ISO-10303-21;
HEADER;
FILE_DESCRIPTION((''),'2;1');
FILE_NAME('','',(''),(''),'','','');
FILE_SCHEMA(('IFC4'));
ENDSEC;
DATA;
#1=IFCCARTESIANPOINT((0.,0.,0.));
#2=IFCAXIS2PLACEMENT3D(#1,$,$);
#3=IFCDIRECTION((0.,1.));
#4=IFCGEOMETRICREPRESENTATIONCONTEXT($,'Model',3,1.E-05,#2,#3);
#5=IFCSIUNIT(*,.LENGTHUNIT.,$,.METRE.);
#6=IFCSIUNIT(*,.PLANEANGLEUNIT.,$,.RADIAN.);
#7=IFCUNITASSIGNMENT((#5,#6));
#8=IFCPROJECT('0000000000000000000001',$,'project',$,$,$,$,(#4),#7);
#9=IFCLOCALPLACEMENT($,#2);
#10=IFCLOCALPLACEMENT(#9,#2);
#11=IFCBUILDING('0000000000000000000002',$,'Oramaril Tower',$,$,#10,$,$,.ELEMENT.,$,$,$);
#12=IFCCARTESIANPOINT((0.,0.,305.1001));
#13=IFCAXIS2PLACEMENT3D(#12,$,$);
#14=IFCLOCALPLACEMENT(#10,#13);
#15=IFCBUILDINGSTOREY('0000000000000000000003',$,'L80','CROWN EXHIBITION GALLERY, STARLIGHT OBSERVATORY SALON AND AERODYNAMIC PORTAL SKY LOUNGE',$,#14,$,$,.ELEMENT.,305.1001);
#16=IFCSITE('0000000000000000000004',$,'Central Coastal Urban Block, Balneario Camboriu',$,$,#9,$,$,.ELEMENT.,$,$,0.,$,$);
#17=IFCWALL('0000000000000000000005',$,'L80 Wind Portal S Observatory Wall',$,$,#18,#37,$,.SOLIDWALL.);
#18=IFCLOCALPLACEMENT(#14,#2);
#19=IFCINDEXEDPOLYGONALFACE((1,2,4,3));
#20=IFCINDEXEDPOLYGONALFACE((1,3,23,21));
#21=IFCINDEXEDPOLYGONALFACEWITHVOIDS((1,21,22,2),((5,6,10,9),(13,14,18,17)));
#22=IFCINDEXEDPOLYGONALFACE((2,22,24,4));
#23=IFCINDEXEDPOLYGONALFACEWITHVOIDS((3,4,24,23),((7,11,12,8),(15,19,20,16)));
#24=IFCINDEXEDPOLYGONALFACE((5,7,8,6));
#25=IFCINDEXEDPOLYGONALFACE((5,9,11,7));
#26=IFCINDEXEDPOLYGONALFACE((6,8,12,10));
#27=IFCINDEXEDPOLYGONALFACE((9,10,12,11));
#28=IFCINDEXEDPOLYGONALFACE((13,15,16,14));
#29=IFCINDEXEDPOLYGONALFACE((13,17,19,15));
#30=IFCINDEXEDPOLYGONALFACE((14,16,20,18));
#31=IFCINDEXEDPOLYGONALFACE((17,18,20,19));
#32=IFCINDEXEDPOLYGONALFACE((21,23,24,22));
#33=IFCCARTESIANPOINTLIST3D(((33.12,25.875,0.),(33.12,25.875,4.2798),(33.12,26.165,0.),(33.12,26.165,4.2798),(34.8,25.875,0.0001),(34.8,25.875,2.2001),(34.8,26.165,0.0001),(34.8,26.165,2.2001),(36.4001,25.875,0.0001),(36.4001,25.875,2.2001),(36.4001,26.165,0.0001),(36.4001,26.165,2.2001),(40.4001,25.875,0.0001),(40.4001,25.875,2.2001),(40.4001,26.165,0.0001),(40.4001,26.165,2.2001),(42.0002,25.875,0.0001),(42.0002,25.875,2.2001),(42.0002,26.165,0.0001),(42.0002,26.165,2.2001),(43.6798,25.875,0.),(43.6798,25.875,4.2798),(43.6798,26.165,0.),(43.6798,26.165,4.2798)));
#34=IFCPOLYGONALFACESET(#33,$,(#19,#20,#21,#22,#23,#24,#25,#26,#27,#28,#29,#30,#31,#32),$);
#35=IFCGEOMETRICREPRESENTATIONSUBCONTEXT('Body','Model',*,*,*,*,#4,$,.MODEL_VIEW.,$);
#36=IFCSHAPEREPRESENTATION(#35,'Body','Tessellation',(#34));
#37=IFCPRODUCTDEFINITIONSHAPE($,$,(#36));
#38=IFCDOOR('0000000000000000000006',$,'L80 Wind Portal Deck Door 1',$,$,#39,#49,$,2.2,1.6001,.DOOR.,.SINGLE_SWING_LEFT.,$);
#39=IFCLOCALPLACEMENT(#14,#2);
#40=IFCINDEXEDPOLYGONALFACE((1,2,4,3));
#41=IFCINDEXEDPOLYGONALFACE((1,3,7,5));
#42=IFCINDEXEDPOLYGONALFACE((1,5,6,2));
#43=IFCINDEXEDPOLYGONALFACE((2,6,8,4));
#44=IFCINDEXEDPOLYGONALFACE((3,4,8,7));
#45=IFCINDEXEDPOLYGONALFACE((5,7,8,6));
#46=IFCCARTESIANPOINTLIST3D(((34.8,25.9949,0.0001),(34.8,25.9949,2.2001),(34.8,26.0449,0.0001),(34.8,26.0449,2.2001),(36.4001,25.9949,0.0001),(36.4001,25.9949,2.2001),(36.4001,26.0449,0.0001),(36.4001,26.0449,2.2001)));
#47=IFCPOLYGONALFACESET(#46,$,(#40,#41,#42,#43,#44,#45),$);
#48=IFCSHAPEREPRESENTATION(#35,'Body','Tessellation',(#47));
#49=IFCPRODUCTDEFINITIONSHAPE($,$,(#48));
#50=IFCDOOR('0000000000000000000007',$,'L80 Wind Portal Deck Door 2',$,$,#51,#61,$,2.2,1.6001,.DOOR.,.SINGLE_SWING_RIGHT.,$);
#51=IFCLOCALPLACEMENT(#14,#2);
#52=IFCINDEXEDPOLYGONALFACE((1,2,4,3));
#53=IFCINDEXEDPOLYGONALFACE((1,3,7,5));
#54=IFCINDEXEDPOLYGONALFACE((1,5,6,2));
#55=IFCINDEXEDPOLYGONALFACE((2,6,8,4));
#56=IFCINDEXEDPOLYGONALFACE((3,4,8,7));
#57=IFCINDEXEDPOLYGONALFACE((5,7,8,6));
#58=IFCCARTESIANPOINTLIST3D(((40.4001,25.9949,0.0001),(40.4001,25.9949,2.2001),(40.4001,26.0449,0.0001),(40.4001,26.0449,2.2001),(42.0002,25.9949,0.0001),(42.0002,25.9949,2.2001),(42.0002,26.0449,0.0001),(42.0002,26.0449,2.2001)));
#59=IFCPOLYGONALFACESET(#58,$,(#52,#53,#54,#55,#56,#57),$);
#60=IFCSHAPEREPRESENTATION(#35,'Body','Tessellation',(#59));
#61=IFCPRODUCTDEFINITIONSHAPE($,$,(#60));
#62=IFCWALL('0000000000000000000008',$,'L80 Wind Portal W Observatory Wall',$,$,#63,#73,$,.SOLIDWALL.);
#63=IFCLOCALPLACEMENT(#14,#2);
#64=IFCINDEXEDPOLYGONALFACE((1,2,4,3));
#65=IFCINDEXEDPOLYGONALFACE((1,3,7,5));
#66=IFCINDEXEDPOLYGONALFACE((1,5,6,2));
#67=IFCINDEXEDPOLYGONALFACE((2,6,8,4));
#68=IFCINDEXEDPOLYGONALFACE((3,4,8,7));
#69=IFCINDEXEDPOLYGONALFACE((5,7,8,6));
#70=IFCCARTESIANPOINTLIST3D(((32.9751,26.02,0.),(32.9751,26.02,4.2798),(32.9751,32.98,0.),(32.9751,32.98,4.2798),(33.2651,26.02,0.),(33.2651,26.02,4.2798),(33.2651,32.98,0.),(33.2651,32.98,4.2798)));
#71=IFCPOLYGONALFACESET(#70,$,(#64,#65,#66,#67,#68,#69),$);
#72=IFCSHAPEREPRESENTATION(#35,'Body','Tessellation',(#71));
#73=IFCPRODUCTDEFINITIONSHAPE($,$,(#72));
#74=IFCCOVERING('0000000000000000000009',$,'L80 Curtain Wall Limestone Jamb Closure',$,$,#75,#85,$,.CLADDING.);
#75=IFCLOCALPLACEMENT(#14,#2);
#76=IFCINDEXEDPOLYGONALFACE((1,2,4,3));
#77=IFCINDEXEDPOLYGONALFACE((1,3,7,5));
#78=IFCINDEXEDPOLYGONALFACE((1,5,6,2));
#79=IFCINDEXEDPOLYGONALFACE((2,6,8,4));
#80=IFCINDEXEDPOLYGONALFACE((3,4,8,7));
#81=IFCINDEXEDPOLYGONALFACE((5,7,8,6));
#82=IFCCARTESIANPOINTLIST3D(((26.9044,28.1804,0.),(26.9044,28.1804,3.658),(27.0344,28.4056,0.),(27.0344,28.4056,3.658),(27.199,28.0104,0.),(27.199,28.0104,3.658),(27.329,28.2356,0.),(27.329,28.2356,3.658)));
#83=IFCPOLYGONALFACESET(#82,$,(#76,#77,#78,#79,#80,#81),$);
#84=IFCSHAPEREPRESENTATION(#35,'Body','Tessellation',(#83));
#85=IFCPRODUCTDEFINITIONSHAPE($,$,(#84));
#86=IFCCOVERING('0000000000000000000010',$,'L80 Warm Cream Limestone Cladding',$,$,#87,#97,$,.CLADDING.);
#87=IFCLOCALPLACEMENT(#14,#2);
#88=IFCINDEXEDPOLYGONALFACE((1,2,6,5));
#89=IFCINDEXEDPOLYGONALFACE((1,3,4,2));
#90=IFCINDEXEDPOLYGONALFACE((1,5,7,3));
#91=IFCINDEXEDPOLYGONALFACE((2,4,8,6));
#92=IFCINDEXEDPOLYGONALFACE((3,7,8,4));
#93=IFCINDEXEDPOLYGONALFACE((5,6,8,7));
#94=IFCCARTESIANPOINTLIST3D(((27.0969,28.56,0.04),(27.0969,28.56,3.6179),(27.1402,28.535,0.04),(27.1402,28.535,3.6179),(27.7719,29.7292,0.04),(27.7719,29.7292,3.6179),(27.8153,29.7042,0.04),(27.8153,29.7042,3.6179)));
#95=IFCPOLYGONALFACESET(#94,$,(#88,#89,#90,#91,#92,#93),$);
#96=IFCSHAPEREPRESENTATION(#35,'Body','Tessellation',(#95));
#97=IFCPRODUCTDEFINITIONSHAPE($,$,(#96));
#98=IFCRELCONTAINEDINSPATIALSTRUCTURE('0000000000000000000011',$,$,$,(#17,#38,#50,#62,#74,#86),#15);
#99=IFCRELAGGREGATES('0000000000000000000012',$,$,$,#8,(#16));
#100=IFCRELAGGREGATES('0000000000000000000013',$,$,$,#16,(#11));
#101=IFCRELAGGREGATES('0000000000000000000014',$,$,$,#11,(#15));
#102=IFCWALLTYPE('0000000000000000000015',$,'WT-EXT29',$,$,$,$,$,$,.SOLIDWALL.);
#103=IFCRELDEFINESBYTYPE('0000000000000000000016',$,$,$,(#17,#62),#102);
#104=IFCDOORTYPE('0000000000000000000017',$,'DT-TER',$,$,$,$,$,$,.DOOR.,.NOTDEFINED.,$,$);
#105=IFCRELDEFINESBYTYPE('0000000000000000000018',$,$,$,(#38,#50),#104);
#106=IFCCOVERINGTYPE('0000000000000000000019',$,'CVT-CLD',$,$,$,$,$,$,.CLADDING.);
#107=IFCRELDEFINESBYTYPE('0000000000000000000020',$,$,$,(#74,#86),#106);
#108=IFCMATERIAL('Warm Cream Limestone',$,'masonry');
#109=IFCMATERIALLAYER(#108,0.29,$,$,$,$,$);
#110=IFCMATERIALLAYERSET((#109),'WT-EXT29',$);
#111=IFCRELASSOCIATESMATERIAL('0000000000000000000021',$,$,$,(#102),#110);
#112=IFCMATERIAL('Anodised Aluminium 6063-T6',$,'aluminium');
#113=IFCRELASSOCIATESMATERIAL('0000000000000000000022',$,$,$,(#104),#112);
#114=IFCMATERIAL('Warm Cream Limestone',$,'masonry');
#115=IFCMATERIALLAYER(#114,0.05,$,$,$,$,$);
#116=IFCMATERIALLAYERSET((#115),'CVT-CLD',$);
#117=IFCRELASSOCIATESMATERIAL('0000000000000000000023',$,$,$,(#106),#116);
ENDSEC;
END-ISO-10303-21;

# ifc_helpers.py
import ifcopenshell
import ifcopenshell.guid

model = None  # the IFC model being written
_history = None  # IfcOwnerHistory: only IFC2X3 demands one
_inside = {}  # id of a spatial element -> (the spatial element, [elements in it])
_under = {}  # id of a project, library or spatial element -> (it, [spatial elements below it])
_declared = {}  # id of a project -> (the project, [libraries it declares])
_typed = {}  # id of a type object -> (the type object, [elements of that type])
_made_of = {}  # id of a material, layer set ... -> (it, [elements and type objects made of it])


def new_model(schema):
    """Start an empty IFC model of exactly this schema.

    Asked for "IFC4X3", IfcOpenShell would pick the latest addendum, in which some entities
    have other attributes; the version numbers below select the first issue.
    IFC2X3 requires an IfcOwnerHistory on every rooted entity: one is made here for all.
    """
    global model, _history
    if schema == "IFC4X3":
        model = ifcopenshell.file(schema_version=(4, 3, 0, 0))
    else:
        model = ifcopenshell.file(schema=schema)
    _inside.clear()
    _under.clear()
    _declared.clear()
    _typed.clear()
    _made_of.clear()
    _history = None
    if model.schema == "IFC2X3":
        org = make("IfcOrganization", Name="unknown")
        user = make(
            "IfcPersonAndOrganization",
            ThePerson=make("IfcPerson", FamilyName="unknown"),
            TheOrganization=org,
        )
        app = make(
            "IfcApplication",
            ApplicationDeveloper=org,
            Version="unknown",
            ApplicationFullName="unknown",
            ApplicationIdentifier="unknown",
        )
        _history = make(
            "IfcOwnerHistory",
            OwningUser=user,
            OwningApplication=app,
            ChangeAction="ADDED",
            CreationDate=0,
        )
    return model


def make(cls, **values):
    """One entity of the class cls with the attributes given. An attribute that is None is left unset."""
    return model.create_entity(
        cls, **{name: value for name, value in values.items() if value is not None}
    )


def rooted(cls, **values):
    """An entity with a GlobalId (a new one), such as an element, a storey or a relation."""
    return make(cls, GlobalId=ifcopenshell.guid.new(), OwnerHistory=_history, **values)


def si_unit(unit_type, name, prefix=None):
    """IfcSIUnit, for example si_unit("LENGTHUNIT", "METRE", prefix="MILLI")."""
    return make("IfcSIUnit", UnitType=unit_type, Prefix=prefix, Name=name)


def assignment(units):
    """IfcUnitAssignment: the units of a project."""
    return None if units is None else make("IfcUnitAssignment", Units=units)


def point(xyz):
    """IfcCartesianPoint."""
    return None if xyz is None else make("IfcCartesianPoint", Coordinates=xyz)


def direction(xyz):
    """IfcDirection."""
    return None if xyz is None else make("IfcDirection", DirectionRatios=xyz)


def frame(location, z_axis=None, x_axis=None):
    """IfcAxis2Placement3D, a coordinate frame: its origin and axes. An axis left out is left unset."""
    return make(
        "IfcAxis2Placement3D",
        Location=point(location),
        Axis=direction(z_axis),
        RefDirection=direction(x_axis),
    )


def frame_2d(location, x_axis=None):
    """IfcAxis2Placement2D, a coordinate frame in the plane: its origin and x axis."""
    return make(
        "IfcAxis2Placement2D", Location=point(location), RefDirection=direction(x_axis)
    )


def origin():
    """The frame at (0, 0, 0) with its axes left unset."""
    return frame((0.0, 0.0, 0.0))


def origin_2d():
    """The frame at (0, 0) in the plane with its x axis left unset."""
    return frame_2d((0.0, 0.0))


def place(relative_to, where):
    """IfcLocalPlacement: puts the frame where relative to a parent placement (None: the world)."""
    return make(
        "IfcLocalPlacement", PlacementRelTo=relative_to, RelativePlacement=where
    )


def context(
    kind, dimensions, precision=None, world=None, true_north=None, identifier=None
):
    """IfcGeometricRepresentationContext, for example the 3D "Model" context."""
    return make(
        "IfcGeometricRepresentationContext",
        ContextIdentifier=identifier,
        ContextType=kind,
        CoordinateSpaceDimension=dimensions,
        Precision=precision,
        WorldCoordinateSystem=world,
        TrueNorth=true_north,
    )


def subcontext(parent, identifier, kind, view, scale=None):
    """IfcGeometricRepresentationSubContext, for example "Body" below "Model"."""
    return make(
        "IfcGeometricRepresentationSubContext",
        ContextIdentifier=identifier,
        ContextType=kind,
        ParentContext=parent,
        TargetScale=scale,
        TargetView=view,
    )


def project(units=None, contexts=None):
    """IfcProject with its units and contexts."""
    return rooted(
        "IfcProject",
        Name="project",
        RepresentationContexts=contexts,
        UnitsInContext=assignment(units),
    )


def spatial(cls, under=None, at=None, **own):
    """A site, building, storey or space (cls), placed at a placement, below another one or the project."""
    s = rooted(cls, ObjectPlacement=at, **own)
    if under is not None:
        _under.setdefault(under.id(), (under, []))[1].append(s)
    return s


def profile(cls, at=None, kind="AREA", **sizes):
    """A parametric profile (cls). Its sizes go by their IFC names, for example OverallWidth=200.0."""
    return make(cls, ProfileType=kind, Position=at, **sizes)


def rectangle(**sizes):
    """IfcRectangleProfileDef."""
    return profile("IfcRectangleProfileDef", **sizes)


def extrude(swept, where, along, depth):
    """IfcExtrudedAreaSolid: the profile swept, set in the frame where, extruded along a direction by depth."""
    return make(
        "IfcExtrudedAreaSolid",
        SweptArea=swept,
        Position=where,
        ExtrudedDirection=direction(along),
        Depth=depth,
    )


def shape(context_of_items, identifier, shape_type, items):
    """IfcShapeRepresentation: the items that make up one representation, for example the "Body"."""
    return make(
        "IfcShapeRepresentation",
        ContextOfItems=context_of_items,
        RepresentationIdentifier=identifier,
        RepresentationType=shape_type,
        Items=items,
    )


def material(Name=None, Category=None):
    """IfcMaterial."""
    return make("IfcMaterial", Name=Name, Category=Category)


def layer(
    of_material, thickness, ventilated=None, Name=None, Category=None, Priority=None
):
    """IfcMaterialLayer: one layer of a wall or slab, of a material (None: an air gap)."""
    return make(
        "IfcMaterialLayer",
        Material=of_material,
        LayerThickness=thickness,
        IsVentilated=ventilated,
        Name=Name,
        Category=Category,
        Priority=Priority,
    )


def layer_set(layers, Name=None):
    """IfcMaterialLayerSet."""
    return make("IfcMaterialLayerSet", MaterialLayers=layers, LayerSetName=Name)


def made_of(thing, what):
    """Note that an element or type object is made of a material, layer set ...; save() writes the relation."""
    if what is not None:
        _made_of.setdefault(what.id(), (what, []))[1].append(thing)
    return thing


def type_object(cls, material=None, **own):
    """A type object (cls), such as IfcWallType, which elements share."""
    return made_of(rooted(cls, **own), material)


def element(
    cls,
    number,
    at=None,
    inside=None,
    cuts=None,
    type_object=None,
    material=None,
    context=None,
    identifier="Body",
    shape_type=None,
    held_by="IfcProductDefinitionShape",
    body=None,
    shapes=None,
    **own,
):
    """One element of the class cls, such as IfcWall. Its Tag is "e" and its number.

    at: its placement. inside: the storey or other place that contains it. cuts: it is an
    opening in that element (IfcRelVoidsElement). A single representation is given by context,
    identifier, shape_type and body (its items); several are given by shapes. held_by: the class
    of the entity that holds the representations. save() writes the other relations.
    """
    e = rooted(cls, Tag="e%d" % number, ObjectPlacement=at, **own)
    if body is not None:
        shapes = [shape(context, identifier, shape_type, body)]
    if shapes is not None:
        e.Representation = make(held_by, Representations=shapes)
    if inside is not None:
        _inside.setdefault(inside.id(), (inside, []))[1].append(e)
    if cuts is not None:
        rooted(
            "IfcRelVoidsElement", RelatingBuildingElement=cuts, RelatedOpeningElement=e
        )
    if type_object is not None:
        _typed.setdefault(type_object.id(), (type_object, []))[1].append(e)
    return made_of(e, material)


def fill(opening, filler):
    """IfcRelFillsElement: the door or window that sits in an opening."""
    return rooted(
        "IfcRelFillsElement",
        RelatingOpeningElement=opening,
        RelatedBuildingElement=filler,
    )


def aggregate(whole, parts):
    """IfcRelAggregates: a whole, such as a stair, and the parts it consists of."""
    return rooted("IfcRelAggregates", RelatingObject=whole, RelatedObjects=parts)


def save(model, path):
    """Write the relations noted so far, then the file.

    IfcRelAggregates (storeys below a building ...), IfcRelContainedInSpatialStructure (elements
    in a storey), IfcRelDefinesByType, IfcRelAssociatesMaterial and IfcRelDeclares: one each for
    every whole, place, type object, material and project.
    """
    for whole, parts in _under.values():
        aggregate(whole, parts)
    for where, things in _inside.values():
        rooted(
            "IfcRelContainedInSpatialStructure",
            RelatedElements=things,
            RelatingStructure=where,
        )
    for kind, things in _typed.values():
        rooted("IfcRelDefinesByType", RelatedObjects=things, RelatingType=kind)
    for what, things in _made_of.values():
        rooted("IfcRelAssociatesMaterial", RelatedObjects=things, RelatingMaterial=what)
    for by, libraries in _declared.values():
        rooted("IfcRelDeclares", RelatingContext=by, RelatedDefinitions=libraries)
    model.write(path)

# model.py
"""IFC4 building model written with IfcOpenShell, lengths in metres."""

from ifc_helpers import new_model, si_unit, direction, frame, frame_2d, origin, origin_2d, place, context, subcontext, project, spatial, rectangle, extrude, material, layer, layer_set, type_object, element, fill, save


model = new_model("IFC4")

# Units and contexts
model_context = context("Model", 3, precision=1e-05, world=origin(), true_north=direction((0.0, 1.0)))
body_context = subcontext(model_context, "Body", "Model", "MODEL_VIEW")
ifc_project = project(units=[si_unit("LENGTHUNIT", "METRE"), si_unit("PLANEANGLEUNIT", "RADIAN")], contexts=[model_context])

# Site, building, storey
site_placement = place(None, origin())
site = spatial("IfcSite", under=ifc_project, at=site_placement, Name="Central Coastal Urban Block, Balneario Camboriu", CompositionType="ELEMENT", RefElevation=0.0)
building_placement = place(site_placement, origin())
building = spatial("IfcBuilding", under=site, at=building_placement, Name="Oramaril Tower", CompositionType="ELEMENT")
storey_placement = place(building_placement, frame((0.0, 0.0, 305.1001)))
storey = spatial("IfcBuildingStorey", under=building, at=storey_placement, Name="L80", Description="CROWN EXHIBITION GALLERY, STARLIGHT OBSERVATORY SALON AND AERODYNAMIC PORTAL SKY LOUNGE", CompositionType="ELEMENT", Elevation=305.1001)

# Wall, openings, doors
ifc_material_1 = material(Name="Warm Cream Limestone", Category="masonry")
ifc_layer_1 = layer(ifc_material_1, 0.29)
ifc_layer_set_1 = layer_set([ifc_layer_1], Name="WT-EXT29")
wall_type_1 = type_object("IfcWallType", Name="WT-EXT29", PredefinedType="SOLIDWALL", material=ifc_layer_set_1)
wall_1_placement = place(storey_placement, frame((33.1201, 26.02, 0.0), z_axis=(0.0, 0.0, 1.0), x_axis=(1.0, 0.0, 0.0)))
wall_1 = element("IfcWall", 1, at=wall_1_placement, inside=storey, type_object=wall_type_1, Name="L80 Wind Portal S Observatory Wall", PredefinedType="SOLIDWALL", context=body_context, shape_type="SweptSolid", body=[
    extrude(rectangle(XDim=10.5598, YDim=0.29, at=frame_2d((5.2798, 0.0))), origin(), (0.0, 0.0, 1.0), 4.2798),
])
opening_1_placement = place(wall_1_placement, frame((1.6799, 0.0, 0.0)))
opening_1 = element("IfcOpeningElement", 2, at=opening_1_placement, cuts=wall_1, PredefinedType="OPENING", context=body_context, shape_type="SweptSolid", body=[
    extrude(rectangle(XDim=1.6001, YDim=2.2, at=frame_2d((0.8, 1.1001))), frame((0.0, 0.145, 0.0), z_axis=(0.0, -1.0, 0.0), x_axis=(1.0, 0.0, 0.0)), (0.0, 0.0, 1.0), 0.29),
])
opening_2_placement = place(wall_1_placement, frame((7.28, 0.0, 0.0)))
opening_2 = element("IfcOpeningElement", 3, at=opening_2_placement, cuts=wall_1, PredefinedType="OPENING", context=body_context, shape_type="SweptSolid", body=[
    extrude(rectangle(XDim=1.6001, YDim=2.2, at=frame_2d((0.8, 1.1001))), frame((0.0, 0.145, 0.0), z_axis=(0.0, -1.0, 0.0), x_axis=(1.0, 0.0, 0.0)), (0.0, 0.0, 1.0), 0.29),
])
ifc_material_2 = material(Name="Anodised Aluminium 6063-T6", Category="aluminium")
door_type_1 = type_object("IfcDoorType", Name="DT-TER", OperationType="NOTDEFINED", PredefinedType="DOOR", material=ifc_material_2)
door_1_placement = place(opening_1_placement, origin())
door_1 = element("IfcDoor", 4, at=door_1_placement, inside=storey, type_object=door_type_1, Name="L80 Wind Portal Deck Door 1", OperationType="SINGLE_SWING_LEFT", OverallHeight=2.2, OverallWidth=1.6001, PredefinedType="DOOR", context=body_context, shape_type="SweptSolid", body=[
    extrude(rectangle(XDim=1.6001, YDim=2.2, at=frame_2d((0.8, 1.1001))), frame((0.0, 0.0249, 0.0), z_axis=(0.0, -1.0, 0.0), x_axis=(1.0, 0.0, 0.0)), (0.0, 0.0, 1.0), 0.05),
])
fill(opening_1, door_1)
door_2_placement = place(opening_2_placement, origin())
door_2 = element("IfcDoor", 5, at=door_2_placement, inside=storey, type_object=door_type_1, Name="L80 Wind Portal Deck Door 2", OperationType="SINGLE_SWING_RIGHT", OverallHeight=2.2, OverallWidth=1.6001, PredefinedType="DOOR", context=body_context, shape_type="SweptSolid", body=[
    extrude(rectangle(XDim=1.6001, YDim=2.2, at=frame_2d((0.8, 1.1001))), frame((0.0, 0.0249, 0.0), z_axis=(0.0, -1.0, 0.0), x_axis=(1.0, 0.0, 0.0)), (0.0, 0.0, 1.0), 0.05),
])
fill(opening_2, door_2)

# Wall
wall_2_placement = place(storey_placement, frame((33.1201, 26.02, 0.0), z_axis=(0.0, 0.0, 1.0), x_axis=(0.0, 1.0, 0.0)))
element("IfcWall", 6, at=wall_2_placement, inside=storey, type_object=wall_type_1, Name="L80 Wind Portal W Observatory Wall", PredefinedType="SOLIDWALL", context=body_context, shape_type="SweptSolid", body=[
    extrude(rectangle(XDim=6.96, YDim=0.29, at=frame_2d((3.48, 0.0))), origin(), (0.0, 0.0, 1.0), 4.2798),
])

# Coverings
ifc_material_3 = material(Name="Warm Cream Limestone", Category="masonry")
ifc_layer_2 = layer(ifc_material_3, 0.05)
ifc_layer_set_2 = layer_set([ifc_layer_2], Name="CVT-CLD")
covering_type = type_object("IfcCoveringType", Name="CVT-CLD", PredefinedType="CLADDING", material=ifc_layer_set_2)
covering_1_placement = place(storey_placement, frame((27.1167, 28.208, 0.0), z_axis=(0.0, 0.0, 1.0), x_axis=(-0.5, -0.866025, 0.0)))
element("IfcCovering", 7, at=covering_1_placement, inside=storey, type_object=covering_type, Name="L80 Curtain Wall Limestone Jamb Closure", PredefinedType="CLADDING", context=body_context, shape_type="SweptSolid", body=[
    extrude(rectangle(XDim=0.26, YDim=0.3401, at=origin_2d()), origin(), (0.0, 0.0, 1.0), 3.658),
])
covering_2_placement = place(storey_placement, frame((27.4561, 29.1321, 0.04), z_axis=(0.0, 0.0, 1.0), x_axis=(-0.5, -0.866025, 0.0)))
element("IfcCovering", 8, at=covering_2_placement, inside=storey, type_object=covering_type, Name="L80 Warm Cream Limestone Cladding", PredefinedType="CLADDING", context=body_context, shape_type="SweptSolid", body=[
    extrude(rectangle(XDim=1.3501, YDim=0.05, at=origin_2d()), origin(), (0.0, 0.0, 1.0), 3.5779),
])

save(model, "model.ifc")
